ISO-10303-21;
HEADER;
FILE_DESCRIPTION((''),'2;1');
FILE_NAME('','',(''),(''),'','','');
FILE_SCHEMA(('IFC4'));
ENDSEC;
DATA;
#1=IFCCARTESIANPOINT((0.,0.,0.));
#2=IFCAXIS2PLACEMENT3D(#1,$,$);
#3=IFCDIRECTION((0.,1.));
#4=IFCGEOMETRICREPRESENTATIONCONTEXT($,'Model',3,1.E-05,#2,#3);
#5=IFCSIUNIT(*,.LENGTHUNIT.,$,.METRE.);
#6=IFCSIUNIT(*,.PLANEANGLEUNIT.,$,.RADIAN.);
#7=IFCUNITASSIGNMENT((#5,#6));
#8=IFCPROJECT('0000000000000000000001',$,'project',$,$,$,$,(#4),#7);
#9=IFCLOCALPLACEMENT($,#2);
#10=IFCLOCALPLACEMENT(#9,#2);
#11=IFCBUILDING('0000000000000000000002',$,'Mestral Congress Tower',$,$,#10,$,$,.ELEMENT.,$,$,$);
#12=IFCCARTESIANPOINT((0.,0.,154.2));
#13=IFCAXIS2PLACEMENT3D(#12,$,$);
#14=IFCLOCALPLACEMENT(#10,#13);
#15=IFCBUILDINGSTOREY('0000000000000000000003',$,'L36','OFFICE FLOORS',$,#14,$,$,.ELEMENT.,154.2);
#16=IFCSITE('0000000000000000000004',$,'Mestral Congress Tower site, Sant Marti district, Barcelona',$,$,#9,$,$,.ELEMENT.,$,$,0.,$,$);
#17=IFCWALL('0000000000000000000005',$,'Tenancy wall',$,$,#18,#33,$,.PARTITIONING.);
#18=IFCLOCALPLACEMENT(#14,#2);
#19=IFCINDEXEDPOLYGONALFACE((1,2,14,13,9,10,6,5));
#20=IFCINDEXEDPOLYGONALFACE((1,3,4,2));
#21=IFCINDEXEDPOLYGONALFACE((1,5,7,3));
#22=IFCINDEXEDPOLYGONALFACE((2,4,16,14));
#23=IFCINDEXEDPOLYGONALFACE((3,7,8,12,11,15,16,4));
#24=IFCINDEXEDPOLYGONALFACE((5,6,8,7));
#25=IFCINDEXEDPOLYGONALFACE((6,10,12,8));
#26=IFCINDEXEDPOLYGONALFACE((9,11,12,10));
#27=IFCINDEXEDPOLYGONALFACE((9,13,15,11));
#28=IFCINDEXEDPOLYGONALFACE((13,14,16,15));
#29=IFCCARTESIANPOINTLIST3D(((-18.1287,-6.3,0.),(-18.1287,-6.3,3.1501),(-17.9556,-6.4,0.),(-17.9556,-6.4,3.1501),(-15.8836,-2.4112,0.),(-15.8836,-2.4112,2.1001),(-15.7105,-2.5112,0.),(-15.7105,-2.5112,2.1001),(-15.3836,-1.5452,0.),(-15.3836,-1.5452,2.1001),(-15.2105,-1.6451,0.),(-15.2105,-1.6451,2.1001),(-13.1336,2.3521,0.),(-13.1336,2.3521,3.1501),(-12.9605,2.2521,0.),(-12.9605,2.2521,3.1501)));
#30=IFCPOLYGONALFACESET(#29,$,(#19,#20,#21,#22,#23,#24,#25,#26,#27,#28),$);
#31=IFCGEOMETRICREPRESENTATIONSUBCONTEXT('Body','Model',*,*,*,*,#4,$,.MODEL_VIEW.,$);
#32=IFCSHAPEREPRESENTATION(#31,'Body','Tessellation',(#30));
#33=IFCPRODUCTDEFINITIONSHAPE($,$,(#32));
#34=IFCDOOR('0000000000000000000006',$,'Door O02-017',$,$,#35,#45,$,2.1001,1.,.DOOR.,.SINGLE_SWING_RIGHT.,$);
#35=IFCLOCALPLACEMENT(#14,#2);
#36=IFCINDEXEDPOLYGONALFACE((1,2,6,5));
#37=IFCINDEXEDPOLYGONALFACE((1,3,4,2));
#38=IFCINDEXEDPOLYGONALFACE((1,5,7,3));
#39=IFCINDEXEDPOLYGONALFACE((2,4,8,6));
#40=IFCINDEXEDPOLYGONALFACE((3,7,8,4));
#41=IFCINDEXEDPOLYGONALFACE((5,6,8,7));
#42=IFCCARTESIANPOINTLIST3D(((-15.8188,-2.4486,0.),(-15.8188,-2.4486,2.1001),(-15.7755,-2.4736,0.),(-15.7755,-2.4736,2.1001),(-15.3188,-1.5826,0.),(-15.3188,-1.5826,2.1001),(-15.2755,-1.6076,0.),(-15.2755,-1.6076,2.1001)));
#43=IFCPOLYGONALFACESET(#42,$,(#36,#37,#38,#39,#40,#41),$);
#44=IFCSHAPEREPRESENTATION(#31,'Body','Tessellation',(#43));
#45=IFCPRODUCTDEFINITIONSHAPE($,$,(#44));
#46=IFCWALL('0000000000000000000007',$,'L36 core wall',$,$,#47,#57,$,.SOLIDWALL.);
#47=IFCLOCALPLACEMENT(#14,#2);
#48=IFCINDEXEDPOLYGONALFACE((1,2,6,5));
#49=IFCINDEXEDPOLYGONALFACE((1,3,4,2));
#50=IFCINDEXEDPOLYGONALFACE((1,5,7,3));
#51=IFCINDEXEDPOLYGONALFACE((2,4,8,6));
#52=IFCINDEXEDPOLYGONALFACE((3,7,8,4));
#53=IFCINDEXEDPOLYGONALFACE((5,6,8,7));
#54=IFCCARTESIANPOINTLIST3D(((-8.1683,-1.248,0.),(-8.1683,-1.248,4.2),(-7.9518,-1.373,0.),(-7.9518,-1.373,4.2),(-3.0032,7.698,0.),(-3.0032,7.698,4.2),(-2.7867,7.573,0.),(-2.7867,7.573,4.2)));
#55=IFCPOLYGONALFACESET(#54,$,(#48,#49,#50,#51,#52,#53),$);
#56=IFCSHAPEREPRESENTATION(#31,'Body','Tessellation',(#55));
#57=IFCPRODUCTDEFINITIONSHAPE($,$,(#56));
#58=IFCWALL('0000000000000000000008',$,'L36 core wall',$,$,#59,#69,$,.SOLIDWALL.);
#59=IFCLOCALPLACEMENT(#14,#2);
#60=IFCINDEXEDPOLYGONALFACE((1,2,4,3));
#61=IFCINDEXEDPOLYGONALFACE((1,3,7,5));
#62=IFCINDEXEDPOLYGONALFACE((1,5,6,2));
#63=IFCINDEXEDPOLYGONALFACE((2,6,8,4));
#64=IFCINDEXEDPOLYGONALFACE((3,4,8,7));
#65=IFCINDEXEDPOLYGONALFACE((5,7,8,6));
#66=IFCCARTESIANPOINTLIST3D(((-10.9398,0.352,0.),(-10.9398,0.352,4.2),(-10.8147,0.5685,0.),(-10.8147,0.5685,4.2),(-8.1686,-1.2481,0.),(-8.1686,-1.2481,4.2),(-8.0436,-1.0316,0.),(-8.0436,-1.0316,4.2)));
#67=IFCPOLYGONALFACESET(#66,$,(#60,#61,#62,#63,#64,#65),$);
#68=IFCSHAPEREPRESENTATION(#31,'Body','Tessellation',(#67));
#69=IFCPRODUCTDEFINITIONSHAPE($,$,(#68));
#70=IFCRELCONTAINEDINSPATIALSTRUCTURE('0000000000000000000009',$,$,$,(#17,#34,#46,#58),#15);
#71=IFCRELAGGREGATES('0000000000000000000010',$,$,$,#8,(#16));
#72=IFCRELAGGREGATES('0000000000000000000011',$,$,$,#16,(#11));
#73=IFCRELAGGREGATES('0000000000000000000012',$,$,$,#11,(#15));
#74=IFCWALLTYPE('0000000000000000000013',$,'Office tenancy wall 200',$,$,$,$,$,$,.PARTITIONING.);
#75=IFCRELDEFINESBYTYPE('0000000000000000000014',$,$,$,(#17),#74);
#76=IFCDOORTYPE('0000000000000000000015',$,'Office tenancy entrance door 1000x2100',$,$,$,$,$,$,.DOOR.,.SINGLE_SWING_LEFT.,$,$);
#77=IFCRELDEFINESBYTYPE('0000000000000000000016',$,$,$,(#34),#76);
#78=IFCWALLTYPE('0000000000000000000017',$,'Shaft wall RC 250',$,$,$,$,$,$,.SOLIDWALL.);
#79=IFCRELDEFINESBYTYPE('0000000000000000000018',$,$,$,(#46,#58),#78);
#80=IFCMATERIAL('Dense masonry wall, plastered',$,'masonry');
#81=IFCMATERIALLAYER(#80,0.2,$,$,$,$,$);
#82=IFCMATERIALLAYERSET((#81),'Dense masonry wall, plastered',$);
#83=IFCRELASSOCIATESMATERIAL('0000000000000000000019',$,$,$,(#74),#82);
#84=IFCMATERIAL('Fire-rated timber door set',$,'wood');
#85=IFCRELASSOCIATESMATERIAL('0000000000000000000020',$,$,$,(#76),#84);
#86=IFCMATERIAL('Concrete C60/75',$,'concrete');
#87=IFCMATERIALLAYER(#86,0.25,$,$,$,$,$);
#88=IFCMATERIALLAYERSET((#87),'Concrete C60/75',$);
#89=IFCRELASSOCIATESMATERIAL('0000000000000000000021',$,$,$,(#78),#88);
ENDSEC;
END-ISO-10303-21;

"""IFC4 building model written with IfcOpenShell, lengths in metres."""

from ifc_helpers import new_model, si_unit, direction, frame, frame_2d, origin, place, context, subcontext, project, spatial, rectangle, extrude, material, layer, layer_set, type_object, element, fill, save


model = new_model("IFC4")

# Units and contexts
model_context = context("Model", 3, precision=1e-05, world=origin(), true_north=direction((0.0, 1.0)))
body_context = subcontext(model_context, "Body", "Model", "MODEL_VIEW")
ifc_project = project(units=[si_unit("LENGTHUNIT", "METRE"), si_unit("PLANEANGLEUNIT", "RADIAN")], contexts=[model_context])

# Site, building, storey
site_placement = place(None, origin())
site = spatial("IfcSite", under=ifc_project, at=site_placement, Name="Mestral Congress Tower site, Sant Marti district, Barcelona", CompositionType="ELEMENT", RefElevation=0.0)
building_placement = place(site_placement, origin())
building = spatial("IfcBuilding", under=site, at=building_placement, Name="Mestral Congress Tower", CompositionType="ELEMENT")
storey_placement = place(building_placement, frame((0.0, 0.0, 154.2)))
storey = spatial("IfcBuildingStorey", under=building, at=storey_placement, Name="L36", Description="OFFICE FLOORS", CompositionType="ELEMENT", Elevation=154.2)

# Shared definitions
ifc_material_1 = material(Name="Concrete C60/75", Category="concrete")

# Shared definitions
ifc_material_2 = material(Name="Dense masonry wall, plastered", Category="masonry")
ifc_layer_1 = layer(ifc_material_2, 0.2)
ifc_layer_set_1 = layer_set([ifc_layer_1], Name="Dense masonry wall, plastered")
wall_type_1 = type_object("IfcWallType", Name="Office tenancy wall 200", PredefinedType="PARTITIONING", material=ifc_layer_set_1)

# Wall, opening, door
wall_1_placement = place(storey_placement, frame((-13.0471, 2.302, 0.0), z_axis=(0.0, 0.0, 1.0), x_axis=(-0.499987, -0.866033, 0.0)))
wall_1 = element("IfcWall", 1, at=wall_1_placement, inside=storey, type_object=wall_type_1, Name="Tenancy wall", PredefinedType="PARTITIONING", context=body_context, shape_type="SweptSolid", body=[
    extrude(rectangle(XDim=9.9905, YDim=0.2, at=frame_2d((4.9951, 0.0))), origin(), (0.0, 0.0, 1.0), 3.1501),
])
opening_1_placement = place(wall_1_placement, frame((4.5, 0.0, 0.0)))
opening_1 = element("IfcOpeningElement", 2, at=opening_1_placement, cuts=wall_1, PredefinedType="OPENING", context=body_context, shape_type="SweptSolid", body=[
    extrude(rectangle(XDim=1.0, YDim=2.1001, at=frame_2d((0.5, 1.05))), frame((0.0, 0.1099, 0.0), z_axis=(0.0, -1.0, 0.0), x_axis=(1.0, 0.0, 0.0)), (0.0, 0.0, 1.0), 0.22),
])
ifc_material_3 = material(Name="Fire-rated timber door set", Category="wood")
door_type_1 = type_object("IfcDoorType", Name="Office tenancy entrance door 1000x2100", OperationType="SINGLE_SWING_LEFT", PredefinedType="DOOR", material=ifc_material_3)
door_1_placement = place(opening_1_placement, origin())
door_1 = element("IfcDoor", 3, at=door_1_placement, inside=storey, type_object=door_type_1, Name="Door O02-017", OperationType="SINGLE_SWING_RIGHT", OverallHeight=2.1001, OverallWidth=1.0, PredefinedType="DOOR", context=body_context, shape_type="SweptSolid", body=[
    extrude(rectangle(XDim=1.0, YDim=2.1001, at=frame_2d((0.5, 1.05))), frame((0.0, 0.0249, 0.0), z_axis=(0.0, -1.0, 0.0), x_axis=(1.0, 0.0, 0.0)), (0.0, 0.0, 1.0), 0.05),
])
fill(opening_1, door_1)

# Walls
ifc_layer_2 = layer(ifc_material_1, 0.25)
ifc_layer_set_2 = layer_set([ifc_layer_2], Name="Concrete C60/75")
wall_type_2 = type_object("IfcWallType", Name="Shaft wall RC 250", PredefinedType="SOLIDWALL", material=ifc_layer_set_2)
wall_2_placement = place(storey_placement, frame((-8.0601, -1.3105, 0.0), z_axis=(0.0, 0.0, 1.0), x_axis=(0.500003, 0.866024, 0.0)))
element("IfcWall", 4, at=wall_2_placement, inside=storey, type_object=wall_type_2, Name="L36 core wall", PredefinedType="SOLIDWALL", context=body_context, shape_type="SweptSolid", body=[
    extrude(rectangle(XDim=10.3301, YDim=0.25, at=frame_2d((5.165, 0.0))), origin(), (0.0, 0.0, 1.0), 4.2),
])
wall_3_placement = place(storey_placement, frame((-8.106, -1.1399, 0.0), z_axis=(0.0, 0.0, 1.0), x_axis=(-0.866009, 0.500028, 0.0)))
element("IfcWall", 5, at=wall_3_placement, inside=storey, type_object=wall_type_2, Name="L36 core wall", PredefinedType="SOLIDWALL", context=body_context, shape_type="SweptSolid", body=[
    extrude(rectangle(XDim=3.2, YDim=0.25, at=frame_2d((1.6001, 0.0))), origin(), (0.0, 0.0, 1.0), 4.2),
])

save(model, "model.ifc")
